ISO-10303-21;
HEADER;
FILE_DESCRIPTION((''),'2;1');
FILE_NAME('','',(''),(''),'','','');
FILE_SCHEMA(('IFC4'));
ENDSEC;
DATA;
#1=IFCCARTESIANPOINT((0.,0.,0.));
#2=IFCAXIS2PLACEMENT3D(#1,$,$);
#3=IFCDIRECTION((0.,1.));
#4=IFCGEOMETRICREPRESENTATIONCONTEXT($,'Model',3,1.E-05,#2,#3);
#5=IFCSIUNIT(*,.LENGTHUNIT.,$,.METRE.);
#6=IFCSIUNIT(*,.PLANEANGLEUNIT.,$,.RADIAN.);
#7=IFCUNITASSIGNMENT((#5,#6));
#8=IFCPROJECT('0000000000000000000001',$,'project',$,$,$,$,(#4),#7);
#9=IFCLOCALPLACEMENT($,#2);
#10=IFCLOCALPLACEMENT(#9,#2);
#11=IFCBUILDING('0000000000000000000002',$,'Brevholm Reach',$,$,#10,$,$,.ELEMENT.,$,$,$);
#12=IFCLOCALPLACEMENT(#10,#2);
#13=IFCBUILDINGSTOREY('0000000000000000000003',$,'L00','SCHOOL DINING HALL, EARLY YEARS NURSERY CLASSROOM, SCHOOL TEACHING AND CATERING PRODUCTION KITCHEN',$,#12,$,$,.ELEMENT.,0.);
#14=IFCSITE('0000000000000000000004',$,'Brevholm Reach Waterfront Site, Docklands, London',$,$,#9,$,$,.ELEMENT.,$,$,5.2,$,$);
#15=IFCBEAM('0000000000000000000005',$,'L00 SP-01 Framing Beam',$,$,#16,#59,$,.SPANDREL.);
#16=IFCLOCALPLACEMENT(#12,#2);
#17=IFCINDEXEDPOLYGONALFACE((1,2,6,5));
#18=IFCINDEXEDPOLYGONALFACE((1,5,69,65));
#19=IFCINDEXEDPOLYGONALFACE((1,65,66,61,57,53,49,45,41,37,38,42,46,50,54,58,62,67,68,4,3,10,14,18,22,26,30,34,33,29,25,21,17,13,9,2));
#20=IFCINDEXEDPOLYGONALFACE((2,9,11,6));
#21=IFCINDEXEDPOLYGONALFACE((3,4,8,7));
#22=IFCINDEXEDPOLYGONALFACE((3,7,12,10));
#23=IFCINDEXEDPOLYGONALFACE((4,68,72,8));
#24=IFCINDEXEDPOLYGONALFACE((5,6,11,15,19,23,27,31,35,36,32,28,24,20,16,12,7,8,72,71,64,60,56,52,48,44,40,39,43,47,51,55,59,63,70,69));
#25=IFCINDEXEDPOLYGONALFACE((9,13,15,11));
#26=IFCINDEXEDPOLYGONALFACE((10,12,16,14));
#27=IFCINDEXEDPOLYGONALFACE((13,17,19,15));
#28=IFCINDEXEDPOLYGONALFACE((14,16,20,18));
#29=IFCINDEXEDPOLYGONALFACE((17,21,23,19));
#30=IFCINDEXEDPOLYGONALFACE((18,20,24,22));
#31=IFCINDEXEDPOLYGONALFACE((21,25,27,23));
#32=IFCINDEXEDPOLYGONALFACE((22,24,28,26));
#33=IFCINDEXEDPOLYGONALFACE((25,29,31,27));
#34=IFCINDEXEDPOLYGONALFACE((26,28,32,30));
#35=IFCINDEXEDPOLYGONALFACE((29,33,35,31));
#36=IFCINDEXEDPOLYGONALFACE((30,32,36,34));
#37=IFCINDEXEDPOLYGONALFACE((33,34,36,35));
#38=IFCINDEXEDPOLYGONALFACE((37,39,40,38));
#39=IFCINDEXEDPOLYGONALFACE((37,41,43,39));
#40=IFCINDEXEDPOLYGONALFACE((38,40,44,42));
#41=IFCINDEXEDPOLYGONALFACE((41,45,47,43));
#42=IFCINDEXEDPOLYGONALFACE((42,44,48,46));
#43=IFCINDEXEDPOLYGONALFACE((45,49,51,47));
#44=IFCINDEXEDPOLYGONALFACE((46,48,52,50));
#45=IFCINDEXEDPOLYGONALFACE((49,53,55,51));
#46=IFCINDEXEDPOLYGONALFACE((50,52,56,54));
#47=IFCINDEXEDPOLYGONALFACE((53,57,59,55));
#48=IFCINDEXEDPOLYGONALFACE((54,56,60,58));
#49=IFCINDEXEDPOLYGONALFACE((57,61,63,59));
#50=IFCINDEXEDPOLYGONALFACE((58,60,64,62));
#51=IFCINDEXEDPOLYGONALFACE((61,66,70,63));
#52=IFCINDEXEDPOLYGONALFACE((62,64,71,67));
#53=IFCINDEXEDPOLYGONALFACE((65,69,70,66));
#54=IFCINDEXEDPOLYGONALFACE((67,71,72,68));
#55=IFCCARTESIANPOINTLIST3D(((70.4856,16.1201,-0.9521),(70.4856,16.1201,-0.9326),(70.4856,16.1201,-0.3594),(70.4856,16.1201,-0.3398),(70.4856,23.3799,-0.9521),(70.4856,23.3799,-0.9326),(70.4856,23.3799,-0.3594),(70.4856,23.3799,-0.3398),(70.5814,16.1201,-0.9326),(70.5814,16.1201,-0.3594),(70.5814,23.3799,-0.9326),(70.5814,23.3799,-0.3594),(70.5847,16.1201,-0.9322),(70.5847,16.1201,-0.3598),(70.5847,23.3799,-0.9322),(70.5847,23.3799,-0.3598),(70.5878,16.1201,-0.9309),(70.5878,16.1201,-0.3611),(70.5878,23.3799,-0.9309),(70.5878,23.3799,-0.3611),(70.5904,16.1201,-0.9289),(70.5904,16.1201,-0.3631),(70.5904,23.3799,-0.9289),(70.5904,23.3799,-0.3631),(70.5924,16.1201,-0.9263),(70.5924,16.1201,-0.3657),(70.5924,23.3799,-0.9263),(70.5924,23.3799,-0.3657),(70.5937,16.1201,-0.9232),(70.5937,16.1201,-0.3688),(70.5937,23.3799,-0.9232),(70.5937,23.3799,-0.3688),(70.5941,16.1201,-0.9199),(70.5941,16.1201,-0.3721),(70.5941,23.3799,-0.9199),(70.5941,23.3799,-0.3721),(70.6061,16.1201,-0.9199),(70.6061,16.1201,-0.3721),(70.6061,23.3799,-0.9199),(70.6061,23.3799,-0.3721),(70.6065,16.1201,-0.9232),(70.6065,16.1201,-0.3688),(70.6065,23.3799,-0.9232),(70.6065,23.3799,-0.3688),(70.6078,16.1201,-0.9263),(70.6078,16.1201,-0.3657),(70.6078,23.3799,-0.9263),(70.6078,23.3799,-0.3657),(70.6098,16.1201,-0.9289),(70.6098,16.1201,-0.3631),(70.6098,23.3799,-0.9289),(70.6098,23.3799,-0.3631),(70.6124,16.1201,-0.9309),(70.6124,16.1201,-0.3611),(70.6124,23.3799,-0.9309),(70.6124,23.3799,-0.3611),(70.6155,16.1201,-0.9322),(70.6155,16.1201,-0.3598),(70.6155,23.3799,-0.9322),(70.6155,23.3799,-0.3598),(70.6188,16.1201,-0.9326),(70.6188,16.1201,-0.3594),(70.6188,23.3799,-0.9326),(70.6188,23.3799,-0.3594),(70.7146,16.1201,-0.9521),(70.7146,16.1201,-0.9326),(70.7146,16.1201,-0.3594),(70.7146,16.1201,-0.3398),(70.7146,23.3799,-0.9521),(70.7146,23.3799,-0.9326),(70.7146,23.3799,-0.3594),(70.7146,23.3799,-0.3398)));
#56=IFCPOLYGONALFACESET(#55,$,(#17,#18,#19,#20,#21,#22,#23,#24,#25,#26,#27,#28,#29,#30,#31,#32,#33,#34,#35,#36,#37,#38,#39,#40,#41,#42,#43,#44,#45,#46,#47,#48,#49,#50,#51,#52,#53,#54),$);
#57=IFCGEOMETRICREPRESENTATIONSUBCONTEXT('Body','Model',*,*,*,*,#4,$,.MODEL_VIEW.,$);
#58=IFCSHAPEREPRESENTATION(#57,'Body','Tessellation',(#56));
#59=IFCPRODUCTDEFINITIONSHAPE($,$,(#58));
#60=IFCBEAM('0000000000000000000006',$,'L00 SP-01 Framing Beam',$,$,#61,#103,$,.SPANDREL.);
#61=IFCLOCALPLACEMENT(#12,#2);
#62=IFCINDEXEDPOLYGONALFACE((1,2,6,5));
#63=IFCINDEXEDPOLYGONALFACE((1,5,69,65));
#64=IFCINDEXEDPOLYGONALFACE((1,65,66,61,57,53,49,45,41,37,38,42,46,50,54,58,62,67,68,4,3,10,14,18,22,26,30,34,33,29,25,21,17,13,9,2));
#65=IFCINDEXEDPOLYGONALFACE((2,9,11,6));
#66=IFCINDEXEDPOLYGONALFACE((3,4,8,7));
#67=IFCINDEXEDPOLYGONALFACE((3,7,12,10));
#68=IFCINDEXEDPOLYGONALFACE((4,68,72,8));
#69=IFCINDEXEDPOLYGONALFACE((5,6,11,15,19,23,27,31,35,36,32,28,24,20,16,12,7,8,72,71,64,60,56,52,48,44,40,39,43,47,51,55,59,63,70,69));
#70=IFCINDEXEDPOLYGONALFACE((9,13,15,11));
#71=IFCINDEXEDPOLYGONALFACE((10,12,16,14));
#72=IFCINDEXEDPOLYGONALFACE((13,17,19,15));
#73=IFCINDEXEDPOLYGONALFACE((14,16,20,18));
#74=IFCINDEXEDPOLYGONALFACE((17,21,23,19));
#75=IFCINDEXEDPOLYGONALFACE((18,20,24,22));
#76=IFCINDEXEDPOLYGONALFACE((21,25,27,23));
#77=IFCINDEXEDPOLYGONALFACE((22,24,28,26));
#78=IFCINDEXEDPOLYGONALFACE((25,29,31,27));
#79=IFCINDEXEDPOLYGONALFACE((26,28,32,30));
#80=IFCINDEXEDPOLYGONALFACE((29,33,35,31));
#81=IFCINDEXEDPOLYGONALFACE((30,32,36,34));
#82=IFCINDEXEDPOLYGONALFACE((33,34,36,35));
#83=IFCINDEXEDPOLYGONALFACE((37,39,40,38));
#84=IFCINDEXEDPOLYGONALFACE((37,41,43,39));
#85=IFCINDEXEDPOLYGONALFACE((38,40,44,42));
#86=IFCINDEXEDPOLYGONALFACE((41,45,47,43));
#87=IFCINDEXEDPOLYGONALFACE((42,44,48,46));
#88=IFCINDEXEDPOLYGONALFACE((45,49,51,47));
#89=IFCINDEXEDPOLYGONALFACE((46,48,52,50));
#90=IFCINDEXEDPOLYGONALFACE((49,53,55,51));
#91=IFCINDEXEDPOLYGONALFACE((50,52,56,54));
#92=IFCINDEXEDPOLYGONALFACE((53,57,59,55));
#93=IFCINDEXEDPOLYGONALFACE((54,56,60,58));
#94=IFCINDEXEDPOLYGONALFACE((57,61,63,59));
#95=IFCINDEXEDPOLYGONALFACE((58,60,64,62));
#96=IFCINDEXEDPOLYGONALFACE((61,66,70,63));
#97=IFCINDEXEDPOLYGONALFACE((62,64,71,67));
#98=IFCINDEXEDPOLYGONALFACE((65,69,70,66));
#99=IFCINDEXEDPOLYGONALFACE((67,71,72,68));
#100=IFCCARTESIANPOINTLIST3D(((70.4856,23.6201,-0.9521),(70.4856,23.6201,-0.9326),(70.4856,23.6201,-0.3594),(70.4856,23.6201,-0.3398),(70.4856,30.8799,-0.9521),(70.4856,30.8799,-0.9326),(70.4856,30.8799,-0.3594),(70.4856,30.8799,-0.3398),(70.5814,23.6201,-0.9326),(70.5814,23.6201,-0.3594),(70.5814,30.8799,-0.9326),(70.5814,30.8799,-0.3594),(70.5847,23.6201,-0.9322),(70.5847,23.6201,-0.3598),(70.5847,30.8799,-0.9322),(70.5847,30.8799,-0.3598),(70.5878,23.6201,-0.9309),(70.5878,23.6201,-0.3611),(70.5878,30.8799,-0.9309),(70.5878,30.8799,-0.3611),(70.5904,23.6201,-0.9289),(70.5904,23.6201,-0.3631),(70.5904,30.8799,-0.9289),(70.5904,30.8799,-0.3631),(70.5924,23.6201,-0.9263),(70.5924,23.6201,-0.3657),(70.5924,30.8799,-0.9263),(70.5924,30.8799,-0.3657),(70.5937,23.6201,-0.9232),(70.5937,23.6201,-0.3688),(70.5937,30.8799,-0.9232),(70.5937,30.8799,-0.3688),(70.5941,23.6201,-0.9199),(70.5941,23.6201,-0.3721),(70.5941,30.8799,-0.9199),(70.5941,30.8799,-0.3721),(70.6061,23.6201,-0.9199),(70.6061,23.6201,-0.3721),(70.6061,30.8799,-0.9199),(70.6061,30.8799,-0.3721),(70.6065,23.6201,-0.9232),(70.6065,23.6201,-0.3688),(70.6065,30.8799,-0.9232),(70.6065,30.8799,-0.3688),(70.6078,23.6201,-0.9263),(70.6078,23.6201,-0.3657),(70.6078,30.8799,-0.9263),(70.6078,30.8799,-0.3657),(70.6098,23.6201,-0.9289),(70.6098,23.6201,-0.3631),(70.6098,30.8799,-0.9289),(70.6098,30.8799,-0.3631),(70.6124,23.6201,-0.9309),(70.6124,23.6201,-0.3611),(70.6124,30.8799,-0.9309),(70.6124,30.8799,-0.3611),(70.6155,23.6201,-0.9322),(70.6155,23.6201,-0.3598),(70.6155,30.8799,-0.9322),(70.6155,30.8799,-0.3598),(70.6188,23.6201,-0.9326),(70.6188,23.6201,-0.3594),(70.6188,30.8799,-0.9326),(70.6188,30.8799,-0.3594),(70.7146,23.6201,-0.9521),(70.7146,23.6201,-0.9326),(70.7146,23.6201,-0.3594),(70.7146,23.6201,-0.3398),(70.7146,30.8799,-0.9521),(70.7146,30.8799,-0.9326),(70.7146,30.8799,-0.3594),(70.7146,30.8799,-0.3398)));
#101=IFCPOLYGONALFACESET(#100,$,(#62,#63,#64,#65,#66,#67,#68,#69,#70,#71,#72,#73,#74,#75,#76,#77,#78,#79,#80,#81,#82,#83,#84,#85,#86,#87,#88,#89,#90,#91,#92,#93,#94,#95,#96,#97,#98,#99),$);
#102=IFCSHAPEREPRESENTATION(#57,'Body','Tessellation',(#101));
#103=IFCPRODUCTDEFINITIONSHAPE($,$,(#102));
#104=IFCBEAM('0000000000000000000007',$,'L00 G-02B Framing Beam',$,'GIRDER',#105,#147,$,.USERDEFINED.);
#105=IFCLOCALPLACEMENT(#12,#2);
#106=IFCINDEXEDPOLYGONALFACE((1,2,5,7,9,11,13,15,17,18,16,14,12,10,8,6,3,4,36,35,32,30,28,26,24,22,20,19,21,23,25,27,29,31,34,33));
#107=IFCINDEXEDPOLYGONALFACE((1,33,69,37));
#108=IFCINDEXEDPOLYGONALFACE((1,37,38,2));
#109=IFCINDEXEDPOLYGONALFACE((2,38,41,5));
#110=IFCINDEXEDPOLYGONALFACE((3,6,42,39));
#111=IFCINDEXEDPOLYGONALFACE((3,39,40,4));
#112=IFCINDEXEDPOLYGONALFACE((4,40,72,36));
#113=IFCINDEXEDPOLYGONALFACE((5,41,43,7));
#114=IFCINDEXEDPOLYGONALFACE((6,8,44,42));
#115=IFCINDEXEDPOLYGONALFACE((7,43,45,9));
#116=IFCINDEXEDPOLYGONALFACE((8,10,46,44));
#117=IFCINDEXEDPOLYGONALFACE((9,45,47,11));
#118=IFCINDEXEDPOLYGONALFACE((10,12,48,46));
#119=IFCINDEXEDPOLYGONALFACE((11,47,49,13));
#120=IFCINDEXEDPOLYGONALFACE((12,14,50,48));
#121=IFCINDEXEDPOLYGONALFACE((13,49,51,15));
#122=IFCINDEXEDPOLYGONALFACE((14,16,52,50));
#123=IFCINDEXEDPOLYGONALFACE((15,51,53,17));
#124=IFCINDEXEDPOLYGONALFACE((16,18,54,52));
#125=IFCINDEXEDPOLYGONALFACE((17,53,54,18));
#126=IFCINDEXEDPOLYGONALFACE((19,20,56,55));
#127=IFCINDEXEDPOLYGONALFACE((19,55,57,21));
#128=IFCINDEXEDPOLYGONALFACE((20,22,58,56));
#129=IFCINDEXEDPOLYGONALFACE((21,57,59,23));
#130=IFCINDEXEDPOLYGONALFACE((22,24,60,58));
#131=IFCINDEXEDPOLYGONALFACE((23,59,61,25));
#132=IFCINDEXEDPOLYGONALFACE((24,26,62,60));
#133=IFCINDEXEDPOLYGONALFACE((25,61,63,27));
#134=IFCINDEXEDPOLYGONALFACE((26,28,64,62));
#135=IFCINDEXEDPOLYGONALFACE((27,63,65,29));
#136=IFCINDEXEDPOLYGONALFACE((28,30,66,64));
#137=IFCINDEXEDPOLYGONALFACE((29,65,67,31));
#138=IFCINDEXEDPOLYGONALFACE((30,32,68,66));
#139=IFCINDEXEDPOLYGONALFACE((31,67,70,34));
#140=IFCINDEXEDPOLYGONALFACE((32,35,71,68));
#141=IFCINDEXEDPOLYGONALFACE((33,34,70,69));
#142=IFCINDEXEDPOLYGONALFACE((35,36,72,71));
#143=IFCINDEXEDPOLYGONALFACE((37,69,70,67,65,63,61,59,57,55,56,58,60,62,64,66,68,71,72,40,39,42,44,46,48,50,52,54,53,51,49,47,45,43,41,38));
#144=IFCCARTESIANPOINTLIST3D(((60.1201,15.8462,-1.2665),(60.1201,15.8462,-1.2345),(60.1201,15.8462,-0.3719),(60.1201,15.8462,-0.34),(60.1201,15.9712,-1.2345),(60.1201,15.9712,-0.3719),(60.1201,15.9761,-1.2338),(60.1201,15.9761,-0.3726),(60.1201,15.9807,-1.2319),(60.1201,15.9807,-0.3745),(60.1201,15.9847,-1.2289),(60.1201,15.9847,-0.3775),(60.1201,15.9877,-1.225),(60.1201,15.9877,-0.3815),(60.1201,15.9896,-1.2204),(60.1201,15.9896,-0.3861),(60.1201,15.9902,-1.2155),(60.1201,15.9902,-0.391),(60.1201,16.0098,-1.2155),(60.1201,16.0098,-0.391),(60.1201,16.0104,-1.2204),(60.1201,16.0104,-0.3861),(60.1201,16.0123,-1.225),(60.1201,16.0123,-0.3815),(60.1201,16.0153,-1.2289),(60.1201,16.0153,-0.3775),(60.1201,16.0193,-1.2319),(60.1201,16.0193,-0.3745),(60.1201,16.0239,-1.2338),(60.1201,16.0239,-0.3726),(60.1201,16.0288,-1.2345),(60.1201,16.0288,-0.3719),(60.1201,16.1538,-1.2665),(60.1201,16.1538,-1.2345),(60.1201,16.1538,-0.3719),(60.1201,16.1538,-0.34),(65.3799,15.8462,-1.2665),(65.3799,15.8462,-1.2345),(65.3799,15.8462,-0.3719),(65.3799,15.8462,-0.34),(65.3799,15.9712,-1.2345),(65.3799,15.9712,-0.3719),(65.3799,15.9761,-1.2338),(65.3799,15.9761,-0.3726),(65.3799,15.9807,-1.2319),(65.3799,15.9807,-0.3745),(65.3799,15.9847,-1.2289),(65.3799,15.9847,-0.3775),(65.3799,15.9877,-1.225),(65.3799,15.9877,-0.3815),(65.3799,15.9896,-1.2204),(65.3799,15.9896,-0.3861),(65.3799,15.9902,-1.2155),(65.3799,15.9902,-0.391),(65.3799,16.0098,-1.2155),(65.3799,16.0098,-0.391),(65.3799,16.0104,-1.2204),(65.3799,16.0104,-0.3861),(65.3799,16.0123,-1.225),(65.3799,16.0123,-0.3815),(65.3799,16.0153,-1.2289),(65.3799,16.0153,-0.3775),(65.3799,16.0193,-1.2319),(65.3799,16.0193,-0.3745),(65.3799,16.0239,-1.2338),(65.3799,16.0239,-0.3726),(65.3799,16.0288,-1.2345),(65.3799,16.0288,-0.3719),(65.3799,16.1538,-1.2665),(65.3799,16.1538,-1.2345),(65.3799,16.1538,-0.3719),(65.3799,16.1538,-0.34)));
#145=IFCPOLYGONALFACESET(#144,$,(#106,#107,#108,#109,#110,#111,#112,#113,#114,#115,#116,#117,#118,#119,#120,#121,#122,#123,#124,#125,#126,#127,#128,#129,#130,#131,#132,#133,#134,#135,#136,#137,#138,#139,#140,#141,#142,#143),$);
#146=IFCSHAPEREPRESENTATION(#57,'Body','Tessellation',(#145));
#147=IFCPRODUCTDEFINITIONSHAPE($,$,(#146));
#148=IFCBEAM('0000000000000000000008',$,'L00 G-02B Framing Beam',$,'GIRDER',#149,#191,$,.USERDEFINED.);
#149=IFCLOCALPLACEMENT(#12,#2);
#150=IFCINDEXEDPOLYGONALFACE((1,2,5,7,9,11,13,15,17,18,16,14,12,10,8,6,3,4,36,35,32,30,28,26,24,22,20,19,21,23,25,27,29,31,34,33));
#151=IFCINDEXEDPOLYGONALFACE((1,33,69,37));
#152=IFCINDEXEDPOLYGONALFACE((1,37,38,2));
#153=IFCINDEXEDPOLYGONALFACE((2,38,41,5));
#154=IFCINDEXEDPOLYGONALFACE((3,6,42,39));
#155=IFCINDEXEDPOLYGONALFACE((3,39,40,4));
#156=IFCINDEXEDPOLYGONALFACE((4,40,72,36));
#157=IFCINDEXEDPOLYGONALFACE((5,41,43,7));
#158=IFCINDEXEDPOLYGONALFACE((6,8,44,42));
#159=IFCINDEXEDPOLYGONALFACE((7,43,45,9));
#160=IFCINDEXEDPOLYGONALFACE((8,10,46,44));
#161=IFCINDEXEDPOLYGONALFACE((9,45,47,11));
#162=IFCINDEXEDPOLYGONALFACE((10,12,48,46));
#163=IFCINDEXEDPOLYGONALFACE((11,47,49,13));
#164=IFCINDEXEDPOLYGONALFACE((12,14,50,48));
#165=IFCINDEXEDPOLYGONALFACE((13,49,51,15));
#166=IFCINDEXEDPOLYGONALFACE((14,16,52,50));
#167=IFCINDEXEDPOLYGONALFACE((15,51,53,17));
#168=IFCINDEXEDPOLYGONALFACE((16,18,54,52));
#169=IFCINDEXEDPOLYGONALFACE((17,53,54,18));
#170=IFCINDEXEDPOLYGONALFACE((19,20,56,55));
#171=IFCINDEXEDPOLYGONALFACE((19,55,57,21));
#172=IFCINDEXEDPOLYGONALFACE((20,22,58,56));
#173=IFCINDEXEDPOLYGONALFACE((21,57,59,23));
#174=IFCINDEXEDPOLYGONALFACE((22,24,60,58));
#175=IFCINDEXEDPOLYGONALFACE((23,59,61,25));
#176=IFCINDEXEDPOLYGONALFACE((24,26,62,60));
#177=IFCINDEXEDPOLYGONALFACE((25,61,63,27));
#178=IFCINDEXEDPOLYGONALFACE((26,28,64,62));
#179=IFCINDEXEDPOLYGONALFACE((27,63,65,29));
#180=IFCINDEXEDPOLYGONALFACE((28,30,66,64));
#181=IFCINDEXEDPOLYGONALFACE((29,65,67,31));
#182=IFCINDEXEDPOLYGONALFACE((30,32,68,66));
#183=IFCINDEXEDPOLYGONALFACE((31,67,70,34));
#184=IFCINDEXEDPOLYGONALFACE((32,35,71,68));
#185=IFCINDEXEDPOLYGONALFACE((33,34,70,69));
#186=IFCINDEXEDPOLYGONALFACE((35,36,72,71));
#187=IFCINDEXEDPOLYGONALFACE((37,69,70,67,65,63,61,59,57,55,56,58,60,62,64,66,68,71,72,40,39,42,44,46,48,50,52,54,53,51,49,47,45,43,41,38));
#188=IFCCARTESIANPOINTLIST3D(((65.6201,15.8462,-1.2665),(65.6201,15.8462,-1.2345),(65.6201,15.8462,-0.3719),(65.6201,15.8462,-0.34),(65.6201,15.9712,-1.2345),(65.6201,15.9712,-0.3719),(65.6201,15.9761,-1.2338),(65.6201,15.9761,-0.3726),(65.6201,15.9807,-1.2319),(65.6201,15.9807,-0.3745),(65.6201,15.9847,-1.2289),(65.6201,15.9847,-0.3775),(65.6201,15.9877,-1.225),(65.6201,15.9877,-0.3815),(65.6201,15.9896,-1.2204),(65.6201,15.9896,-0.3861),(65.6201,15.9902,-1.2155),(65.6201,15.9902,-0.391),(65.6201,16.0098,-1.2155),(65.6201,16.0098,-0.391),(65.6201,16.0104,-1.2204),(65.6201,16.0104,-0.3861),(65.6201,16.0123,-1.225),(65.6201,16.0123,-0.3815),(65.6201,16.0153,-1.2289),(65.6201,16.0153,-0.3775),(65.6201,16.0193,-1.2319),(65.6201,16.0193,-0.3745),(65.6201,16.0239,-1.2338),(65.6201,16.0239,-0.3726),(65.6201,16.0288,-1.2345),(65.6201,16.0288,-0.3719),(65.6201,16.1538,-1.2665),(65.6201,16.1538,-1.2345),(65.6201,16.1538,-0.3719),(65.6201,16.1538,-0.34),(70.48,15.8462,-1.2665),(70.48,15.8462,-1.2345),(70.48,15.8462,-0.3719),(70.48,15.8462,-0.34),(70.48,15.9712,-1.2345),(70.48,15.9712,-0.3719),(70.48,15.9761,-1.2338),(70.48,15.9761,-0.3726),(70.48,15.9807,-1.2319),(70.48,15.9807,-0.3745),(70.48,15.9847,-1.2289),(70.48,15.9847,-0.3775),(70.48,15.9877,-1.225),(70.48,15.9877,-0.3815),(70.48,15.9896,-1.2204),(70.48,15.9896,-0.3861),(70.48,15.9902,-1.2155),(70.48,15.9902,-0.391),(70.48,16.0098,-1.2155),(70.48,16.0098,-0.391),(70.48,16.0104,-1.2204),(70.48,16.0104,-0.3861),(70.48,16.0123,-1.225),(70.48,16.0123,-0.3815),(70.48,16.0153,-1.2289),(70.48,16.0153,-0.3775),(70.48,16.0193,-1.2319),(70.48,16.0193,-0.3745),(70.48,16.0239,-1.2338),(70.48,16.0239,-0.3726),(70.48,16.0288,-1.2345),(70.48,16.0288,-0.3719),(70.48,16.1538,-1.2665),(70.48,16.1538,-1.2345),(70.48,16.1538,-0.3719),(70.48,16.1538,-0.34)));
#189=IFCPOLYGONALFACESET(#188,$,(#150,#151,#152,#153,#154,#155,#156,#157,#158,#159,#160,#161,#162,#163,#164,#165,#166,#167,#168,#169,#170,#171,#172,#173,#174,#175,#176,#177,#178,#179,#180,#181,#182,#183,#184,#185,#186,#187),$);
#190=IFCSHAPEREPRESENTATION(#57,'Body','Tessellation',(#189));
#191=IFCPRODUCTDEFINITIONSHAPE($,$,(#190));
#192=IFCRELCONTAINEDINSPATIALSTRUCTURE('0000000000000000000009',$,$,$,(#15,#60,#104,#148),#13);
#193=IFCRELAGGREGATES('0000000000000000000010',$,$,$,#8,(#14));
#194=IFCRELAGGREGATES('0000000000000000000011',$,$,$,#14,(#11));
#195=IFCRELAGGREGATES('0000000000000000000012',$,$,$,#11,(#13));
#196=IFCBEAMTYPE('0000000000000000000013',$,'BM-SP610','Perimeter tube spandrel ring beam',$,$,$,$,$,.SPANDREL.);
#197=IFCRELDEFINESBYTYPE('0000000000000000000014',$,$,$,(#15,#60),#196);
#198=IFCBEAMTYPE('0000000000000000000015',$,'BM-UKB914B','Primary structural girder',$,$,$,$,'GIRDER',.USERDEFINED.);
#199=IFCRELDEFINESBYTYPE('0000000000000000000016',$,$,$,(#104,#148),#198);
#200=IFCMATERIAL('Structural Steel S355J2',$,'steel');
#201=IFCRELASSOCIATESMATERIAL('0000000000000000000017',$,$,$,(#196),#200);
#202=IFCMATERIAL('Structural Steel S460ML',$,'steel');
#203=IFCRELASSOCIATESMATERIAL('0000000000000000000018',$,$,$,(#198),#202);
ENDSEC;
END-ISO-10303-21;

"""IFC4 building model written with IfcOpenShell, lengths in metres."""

from ifc_helpers import new_model, si_unit, direction, frame, origin, origin_2d, place, context, subcontext, project, spatial, i_section, extrude, material, material_profile, profile_set, type_object, element, save


model = new_model("IFC4")

# Units and contexts
model_context = context("Model", 3, precision=1e-05, world=origin(), true_north=direction((0.0, 1.0)))
body_context = subcontext(model_context, "Body", "Model", "MODEL_VIEW")
ifc_project = project(units=[si_unit("LENGTHUNIT", "METRE"), si_unit("PLANEANGLEUNIT", "RADIAN")], contexts=[model_context])

# Site, building, storey
site_placement = place(None, origin())
site = spatial("IfcSite", under=ifc_project, at=site_placement, Name="Brevholm Reach Waterfront Site, Docklands, London", CompositionType="ELEMENT", RefElevation=5.2)
building_placement = place(site_placement, origin())
building = spatial("IfcBuilding", under=site, at=building_placement, Name="Brevholm Reach", CompositionType="ELEMENT")
storey_placement = place(building_placement, origin())
storey = spatial("IfcBuildingStorey", under=building, at=storey_placement, Name="L00", Description="SCHOOL DINING HALL, EARLY YEARS NURSERY CLASSROOM, SCHOOL TEACHING AND CATERING PRODUCTION KITCHEN", CompositionType="ELEMENT", Elevation=0.0)

# Beams
ifc_material_1 = material(Name="Structural Steel S355J2", Category="steel")
ifc_material_profile_1 = material_profile(ifc_material_1, i_section(OverallWidth=0.229, OverallDepth=0.6123, WebThickness=0.012, FlangeThickness=0.0195, FilletRadius=0.0127, at=origin_2d()), Name="UKB 610x229x125")
ifc_profile_set_1 = profile_set([ifc_material_profile_1], Name="Structural Steel S355J2")
beam_type_1 = type_object("IfcBeamType", Name="BM-SP610", Description="Perimeter tube spandrel ring beam", PredefinedType="SPANDREL", material=ifc_profile_set_1)
for number, where, z_axis, x_axis, name in (
    (1, (70.6001, 16.1201, -0.646), (0.0, 1.0, 0.0), (-1.0, 0.0, 0.0), "L00 SP-01 Framing Beam"),
    (2, (70.6001, 23.6201, -0.646), (0.0, 1.0, 0.0), (-1.0, 0.0, 0.0), "L00 SP-01 Framing Beam"),
):
    element("IfcBeam", number, at=place(storey_placement, frame(where, z_axis=z_axis, x_axis=x_axis)), inside=storey, type_object=beam_type_1, Name=name, PredefinedType="SPANDREL", context=body_context, shape_type="SweptSolid", body=[
        extrude(i_section(OverallWidth=0.229, OverallDepth=0.6123, WebThickness=0.012, FlangeThickness=0.0195, FilletRadius=0.0127, at=origin_2d()), origin(), (0.0, 0.0, 1.0), 7.2598),
    ])
ifc_material_2 = material(Name="Structural Steel S460ML", Category="steel")
ifc_material_profile_2 = material_profile(ifc_material_2, i_section(OverallWidth=0.3076, OverallDepth=0.9265, WebThickness=0.0195, FlangeThickness=0.032, FilletRadius=0.019, at=origin_2d()), Name="UKB 914x305x289")
ifc_profile_set_2 = profile_set([ifc_material_profile_2], Name="Structural Steel S460ML")
beam_type_2 = type_object("IfcBeamType", Name="BM-UKB914B", Description="Primary structural girder", ElementType="GIRDER", PredefinedType="USERDEFINED", material=ifc_profile_set_2)
beam_1_placement = place(storey_placement, frame((60.1201, 16.0, -0.8032), z_axis=(1.0, 0.0, 0.0), x_axis=(0.0, 1.0, 0.0)))
element("IfcBeam", 3, at=beam_1_placement, inside=storey, type_object=beam_type_2, Name="L00 G-02B Framing Beam", ObjectType="GIRDER", PredefinedType="USERDEFINED", context=body_context, shape_type="SweptSolid", body=[
    extrude(i_section(OverallWidth=0.3076, OverallDepth=0.9265, WebThickness=0.0195, FlangeThickness=0.032, FilletRadius=0.019, at=origin_2d()), origin(), (0.0, 0.0, 1.0), 5.2598),
])
beam_2_placement = place(storey_placement, frame((65.6201, 16.0, -0.8032), z_axis=(1.0, 0.0, 0.0), x_axis=(0.0, 1.0, 0.0)))
element("IfcBeam", 4, at=beam_2_placement, inside=storey, type_object=beam_type_2, Name="L00 G-02B Framing Beam", ObjectType="GIRDER", PredefinedType="USERDEFINED", context=body_context, shape_type="SweptSolid", body=[
    extrude(i_section(OverallWidth=0.3076, OverallDepth=0.9265, WebThickness=0.0195, FlangeThickness=0.032, FilletRadius=0.019, at=origin_2d()), origin(), (0.0, 0.0, 1.0), 4.8599),
])

save(model, "model.ifc")
